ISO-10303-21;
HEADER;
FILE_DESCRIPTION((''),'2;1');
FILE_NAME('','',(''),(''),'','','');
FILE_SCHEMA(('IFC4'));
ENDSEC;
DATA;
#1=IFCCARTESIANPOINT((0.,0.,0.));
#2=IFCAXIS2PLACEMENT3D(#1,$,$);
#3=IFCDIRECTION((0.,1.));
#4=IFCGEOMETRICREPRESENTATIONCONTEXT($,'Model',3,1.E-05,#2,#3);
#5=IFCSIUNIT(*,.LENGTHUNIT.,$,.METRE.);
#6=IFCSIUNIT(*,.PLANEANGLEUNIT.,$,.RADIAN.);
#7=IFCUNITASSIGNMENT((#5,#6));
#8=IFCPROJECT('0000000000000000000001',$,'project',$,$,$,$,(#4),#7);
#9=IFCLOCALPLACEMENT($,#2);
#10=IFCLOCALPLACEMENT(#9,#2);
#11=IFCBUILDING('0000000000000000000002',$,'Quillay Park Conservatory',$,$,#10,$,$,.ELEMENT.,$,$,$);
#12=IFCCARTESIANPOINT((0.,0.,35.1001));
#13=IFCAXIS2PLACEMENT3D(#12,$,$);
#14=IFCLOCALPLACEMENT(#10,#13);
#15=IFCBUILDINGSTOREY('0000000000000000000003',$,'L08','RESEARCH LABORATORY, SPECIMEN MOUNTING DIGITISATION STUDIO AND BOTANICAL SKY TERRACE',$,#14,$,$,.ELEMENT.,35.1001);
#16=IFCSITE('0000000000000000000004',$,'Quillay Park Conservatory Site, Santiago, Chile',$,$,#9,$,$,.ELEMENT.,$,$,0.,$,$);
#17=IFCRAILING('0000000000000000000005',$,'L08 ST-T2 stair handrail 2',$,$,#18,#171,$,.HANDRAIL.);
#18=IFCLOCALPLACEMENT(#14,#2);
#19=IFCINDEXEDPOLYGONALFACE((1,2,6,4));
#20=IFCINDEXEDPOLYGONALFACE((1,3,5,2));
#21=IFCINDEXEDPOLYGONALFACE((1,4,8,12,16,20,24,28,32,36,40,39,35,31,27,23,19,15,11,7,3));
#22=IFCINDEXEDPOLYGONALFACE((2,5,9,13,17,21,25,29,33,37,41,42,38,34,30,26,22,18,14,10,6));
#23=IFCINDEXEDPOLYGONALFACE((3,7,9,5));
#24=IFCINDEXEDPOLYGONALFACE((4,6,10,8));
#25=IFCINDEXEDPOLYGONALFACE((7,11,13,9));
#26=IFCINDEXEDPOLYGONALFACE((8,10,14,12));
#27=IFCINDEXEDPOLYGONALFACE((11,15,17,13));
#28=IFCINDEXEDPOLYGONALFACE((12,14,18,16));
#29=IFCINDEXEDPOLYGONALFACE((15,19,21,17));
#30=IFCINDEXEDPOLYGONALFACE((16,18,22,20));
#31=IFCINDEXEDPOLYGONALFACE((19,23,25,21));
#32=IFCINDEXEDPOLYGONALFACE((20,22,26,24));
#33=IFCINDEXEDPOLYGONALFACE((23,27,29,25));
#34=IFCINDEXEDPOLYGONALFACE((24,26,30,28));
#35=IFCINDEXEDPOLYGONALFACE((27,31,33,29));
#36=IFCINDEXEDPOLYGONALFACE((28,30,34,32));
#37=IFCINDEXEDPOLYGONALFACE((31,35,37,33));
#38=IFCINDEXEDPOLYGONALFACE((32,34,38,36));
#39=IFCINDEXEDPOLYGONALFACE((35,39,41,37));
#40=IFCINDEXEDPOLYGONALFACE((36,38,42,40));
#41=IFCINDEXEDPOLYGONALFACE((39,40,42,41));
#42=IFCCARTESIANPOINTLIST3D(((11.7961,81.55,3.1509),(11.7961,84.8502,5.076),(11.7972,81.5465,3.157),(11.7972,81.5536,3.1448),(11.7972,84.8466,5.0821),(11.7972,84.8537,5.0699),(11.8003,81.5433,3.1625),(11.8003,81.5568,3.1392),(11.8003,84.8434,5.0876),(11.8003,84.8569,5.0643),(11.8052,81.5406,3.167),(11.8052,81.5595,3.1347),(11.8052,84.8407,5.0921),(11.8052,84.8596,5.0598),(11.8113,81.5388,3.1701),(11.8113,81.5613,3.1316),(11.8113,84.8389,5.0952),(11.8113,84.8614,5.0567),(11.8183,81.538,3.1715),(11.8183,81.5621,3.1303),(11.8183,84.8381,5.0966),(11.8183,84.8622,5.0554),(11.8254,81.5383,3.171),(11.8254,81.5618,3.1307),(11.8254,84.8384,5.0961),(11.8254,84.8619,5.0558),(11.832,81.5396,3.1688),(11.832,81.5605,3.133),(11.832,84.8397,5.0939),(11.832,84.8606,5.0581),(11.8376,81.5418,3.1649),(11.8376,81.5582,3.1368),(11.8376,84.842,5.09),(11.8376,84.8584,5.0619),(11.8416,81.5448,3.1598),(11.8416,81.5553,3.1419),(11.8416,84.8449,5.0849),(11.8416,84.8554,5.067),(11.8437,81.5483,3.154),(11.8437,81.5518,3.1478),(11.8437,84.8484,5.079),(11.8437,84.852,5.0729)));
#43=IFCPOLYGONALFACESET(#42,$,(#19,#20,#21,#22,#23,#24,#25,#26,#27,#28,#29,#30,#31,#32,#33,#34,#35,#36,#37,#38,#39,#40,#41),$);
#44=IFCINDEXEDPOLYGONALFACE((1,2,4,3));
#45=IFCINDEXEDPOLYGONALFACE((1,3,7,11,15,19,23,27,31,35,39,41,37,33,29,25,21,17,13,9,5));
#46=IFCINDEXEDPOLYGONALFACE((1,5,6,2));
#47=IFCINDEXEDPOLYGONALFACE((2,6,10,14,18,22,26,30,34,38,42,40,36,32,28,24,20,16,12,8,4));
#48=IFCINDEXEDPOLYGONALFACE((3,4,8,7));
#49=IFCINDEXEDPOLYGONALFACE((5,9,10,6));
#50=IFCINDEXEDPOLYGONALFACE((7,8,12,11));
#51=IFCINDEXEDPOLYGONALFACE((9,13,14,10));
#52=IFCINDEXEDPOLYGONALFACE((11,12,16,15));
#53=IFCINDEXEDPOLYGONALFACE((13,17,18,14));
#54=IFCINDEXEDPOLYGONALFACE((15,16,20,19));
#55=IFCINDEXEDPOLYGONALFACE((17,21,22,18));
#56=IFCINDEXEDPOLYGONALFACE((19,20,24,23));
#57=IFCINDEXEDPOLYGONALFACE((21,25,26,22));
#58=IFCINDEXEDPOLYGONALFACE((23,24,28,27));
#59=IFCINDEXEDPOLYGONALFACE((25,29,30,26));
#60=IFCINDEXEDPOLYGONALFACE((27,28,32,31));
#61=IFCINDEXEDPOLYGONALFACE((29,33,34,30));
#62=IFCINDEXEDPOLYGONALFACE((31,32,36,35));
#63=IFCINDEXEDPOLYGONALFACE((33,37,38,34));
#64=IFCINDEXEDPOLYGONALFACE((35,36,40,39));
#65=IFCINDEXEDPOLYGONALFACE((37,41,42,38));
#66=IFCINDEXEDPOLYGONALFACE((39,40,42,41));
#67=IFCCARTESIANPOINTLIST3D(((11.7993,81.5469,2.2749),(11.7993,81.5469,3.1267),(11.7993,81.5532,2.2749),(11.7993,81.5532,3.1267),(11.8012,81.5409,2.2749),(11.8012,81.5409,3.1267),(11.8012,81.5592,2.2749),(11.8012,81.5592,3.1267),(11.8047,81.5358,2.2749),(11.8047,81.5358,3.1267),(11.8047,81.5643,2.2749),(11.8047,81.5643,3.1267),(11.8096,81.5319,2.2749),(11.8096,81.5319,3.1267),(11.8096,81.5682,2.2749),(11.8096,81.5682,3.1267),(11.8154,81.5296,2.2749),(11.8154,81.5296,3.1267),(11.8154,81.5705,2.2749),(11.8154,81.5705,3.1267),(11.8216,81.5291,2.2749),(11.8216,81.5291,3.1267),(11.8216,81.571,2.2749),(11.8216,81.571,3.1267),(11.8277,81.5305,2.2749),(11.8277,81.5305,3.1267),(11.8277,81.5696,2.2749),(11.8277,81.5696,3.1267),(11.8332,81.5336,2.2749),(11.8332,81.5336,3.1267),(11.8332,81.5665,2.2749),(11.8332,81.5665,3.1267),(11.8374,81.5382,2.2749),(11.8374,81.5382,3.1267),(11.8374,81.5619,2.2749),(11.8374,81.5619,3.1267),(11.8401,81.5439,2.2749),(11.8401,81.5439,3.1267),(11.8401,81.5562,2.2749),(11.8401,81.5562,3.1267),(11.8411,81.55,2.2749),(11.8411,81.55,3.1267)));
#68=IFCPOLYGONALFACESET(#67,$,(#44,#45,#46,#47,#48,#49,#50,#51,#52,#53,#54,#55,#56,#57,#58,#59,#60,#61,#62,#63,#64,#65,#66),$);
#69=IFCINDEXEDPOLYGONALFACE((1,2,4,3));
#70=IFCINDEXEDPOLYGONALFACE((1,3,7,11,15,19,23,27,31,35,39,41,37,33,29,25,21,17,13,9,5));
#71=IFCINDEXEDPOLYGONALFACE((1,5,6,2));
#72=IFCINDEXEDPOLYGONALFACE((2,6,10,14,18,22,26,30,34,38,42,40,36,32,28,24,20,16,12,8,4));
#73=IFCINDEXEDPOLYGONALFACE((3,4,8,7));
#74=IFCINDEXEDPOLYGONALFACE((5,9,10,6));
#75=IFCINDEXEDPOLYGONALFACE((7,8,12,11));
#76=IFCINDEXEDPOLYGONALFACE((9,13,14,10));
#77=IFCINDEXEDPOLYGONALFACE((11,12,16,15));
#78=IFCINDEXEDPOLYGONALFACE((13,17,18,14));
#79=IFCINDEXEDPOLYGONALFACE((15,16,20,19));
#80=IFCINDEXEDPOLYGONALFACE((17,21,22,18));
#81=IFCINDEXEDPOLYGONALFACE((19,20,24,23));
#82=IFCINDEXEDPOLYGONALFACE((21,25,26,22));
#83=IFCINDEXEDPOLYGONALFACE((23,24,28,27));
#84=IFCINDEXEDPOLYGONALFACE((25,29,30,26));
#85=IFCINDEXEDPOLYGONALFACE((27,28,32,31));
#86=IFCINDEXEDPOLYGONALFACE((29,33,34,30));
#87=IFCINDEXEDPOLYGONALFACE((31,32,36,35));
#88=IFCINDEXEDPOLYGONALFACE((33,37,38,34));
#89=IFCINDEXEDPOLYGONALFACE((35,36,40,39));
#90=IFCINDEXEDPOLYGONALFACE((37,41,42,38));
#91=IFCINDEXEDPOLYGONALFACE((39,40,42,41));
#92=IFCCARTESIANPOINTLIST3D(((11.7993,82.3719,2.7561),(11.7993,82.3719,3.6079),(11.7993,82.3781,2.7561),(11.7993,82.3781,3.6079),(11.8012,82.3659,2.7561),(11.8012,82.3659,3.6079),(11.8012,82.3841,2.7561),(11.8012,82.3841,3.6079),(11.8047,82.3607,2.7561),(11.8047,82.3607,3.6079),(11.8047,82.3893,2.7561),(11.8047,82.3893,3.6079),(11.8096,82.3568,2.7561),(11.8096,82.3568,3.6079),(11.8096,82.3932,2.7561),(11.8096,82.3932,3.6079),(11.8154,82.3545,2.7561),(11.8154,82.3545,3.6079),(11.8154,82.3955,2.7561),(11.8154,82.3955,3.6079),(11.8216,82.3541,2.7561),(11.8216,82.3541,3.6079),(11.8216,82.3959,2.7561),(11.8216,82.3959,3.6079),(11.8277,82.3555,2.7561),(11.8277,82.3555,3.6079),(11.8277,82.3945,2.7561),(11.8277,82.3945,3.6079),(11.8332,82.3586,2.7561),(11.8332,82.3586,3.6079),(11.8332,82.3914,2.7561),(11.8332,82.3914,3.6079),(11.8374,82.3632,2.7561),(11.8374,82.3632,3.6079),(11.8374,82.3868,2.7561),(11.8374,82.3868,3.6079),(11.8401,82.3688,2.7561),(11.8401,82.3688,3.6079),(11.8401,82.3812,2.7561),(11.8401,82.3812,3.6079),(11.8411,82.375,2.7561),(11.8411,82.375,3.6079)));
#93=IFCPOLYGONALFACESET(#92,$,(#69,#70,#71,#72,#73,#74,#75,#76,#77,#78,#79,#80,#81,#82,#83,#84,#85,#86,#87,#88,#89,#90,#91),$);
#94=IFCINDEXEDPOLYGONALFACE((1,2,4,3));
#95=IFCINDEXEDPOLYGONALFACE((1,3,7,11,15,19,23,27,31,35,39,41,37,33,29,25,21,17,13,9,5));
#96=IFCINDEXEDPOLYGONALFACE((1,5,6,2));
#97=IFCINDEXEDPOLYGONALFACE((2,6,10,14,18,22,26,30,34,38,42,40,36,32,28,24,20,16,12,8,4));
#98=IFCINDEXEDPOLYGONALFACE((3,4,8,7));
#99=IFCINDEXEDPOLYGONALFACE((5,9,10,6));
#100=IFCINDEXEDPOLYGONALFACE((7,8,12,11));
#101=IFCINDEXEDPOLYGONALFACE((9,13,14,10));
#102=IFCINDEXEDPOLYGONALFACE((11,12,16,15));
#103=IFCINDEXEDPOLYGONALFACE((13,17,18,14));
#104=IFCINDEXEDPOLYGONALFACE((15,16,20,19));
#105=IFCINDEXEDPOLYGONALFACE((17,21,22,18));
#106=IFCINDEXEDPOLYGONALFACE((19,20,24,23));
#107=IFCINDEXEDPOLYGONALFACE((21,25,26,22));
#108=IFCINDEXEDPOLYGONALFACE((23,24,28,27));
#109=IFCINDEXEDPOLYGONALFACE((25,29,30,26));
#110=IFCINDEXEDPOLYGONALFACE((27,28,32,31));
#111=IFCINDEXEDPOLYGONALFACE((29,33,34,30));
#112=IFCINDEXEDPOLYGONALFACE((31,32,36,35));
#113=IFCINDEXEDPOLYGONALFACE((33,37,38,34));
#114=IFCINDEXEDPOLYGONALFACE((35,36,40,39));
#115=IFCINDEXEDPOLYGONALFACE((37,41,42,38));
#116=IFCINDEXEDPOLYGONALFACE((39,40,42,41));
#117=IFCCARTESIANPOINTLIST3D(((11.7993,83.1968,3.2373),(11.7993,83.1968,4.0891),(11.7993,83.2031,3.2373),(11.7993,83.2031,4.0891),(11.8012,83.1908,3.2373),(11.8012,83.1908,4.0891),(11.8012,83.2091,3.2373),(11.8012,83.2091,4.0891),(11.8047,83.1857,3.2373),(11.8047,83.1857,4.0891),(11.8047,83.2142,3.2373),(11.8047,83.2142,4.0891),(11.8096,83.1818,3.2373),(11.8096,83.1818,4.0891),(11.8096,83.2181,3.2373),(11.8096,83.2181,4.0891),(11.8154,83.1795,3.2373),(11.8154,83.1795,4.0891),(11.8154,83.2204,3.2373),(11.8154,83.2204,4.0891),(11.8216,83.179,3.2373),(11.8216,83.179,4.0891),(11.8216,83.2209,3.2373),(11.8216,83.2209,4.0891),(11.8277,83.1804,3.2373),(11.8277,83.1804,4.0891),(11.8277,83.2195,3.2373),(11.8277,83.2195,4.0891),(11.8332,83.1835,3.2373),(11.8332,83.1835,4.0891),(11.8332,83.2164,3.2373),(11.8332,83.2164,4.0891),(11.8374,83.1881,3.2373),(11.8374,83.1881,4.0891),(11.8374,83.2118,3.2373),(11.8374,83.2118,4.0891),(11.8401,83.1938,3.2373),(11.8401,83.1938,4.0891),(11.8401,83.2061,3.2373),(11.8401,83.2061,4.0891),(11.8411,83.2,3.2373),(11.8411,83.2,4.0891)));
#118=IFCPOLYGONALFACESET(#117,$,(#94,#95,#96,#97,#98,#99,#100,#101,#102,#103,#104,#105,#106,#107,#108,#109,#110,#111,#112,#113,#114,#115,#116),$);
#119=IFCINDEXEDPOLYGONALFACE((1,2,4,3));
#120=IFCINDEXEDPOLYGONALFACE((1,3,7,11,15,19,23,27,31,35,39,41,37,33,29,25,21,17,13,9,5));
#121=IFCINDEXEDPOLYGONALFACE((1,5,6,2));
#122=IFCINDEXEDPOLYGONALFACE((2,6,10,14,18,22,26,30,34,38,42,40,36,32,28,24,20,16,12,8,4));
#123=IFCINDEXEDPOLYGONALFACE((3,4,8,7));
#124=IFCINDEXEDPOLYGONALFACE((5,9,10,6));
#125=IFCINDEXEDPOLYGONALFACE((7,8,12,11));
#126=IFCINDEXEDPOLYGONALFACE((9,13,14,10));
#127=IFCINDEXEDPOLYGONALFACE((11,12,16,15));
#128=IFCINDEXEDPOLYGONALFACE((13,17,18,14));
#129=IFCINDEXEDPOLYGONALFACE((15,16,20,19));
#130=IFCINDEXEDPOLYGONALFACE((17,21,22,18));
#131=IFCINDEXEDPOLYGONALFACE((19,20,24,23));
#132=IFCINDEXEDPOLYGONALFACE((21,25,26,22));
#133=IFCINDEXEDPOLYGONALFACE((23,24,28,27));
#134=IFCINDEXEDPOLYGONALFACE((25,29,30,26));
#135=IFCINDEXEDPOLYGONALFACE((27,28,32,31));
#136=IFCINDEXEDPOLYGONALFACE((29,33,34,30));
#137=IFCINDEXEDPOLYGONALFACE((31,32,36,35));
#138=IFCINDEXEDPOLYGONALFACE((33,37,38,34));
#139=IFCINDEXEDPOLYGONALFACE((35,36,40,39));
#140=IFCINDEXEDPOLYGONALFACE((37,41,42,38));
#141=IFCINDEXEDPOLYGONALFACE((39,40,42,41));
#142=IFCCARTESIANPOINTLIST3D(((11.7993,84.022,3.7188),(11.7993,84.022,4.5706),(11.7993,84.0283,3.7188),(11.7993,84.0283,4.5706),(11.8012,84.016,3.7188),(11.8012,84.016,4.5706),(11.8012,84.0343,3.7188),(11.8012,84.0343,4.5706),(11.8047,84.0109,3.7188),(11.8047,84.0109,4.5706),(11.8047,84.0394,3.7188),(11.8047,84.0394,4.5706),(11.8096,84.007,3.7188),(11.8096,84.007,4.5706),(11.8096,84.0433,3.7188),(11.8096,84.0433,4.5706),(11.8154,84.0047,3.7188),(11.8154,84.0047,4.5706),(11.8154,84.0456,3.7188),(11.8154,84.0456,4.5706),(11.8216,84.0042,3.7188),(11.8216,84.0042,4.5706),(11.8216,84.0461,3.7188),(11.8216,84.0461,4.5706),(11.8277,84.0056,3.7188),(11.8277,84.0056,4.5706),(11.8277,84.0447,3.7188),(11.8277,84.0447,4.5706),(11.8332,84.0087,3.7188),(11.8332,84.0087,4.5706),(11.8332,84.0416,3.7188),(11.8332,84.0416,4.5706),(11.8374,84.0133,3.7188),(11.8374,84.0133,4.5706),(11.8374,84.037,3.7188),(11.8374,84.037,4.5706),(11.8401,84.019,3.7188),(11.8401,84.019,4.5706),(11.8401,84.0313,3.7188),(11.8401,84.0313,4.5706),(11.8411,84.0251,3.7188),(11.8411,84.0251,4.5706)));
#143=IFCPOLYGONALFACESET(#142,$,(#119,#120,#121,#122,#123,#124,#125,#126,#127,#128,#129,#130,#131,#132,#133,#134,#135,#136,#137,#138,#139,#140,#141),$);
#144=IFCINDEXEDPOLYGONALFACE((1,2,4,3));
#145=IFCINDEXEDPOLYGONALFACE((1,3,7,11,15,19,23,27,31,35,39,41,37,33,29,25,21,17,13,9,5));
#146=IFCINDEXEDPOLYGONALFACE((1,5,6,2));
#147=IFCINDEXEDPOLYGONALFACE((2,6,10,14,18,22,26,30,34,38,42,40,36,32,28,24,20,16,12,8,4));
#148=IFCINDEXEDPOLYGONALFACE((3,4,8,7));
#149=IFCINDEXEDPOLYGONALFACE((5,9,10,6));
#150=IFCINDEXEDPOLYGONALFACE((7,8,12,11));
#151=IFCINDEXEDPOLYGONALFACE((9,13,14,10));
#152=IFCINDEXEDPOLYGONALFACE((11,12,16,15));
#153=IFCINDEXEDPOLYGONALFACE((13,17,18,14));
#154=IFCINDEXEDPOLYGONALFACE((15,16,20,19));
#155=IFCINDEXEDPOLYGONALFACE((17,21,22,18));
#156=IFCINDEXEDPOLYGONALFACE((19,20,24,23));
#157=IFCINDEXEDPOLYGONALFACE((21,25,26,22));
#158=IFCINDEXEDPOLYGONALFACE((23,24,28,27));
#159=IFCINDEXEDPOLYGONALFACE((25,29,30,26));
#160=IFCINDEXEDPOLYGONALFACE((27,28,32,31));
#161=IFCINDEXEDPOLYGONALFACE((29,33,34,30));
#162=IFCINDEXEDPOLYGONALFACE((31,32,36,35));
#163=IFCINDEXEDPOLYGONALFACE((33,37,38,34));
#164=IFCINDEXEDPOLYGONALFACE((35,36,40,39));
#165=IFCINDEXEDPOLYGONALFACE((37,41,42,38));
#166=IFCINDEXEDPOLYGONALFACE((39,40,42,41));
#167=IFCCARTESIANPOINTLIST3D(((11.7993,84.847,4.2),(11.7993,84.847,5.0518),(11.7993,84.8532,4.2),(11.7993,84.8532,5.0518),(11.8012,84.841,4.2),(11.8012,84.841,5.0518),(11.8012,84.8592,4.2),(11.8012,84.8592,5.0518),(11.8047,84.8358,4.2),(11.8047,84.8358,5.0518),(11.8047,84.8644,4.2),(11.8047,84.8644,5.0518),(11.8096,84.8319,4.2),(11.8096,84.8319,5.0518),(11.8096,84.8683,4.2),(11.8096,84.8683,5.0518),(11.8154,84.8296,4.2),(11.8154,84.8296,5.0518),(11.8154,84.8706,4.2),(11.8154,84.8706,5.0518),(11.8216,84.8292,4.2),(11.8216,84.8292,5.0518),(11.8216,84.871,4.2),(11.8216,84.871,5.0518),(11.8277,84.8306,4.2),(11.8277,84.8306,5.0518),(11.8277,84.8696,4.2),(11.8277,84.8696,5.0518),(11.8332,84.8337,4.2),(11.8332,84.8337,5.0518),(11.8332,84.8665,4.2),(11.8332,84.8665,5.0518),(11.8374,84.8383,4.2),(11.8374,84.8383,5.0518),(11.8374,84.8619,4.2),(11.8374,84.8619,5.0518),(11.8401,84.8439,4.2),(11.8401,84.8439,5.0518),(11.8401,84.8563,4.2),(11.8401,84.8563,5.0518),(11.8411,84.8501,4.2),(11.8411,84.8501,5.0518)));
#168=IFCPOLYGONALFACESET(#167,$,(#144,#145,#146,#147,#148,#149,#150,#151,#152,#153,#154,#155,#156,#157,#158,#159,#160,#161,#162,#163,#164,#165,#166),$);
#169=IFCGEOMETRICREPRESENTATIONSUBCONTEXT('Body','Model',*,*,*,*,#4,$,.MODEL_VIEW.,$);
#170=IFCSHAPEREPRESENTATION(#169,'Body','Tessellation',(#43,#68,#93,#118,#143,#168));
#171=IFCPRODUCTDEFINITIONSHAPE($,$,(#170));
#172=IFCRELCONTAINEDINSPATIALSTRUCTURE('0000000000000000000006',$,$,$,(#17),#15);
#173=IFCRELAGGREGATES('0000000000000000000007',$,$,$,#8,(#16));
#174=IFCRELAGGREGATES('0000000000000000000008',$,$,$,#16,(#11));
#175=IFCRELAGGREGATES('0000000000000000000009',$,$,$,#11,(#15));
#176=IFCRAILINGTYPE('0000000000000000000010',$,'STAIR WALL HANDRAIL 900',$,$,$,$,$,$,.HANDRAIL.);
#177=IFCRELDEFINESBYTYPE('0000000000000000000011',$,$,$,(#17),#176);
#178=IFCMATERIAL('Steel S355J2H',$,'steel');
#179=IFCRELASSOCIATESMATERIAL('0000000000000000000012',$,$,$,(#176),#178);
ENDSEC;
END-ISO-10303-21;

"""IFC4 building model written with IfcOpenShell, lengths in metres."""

from ifc_helpers import new_model, si_unit, direction, frame, origin, origin_2d, place, context, subcontext, project, spatial, circle, extrude, material, type_object, element, save


model = new_model("IFC4")

# Units and contexts
model_context = context("Model", 3, precision=1e-05, world=origin(), true_north=direction((0.0, 1.0)))
body_context = subcontext(model_context, "Body", "Model", "MODEL_VIEW")
ifc_project = project(units=[si_unit("LENGTHUNIT", "METRE"), si_unit("PLANEANGLEUNIT", "RADIAN")], contexts=[model_context])

# Site, building, storey
site_placement = place(None, origin())
site = spatial("IfcSite", under=ifc_project, at=site_placement, Name="Quillay Park Conservatory Site, Santiago, Chile", CompositionType="ELEMENT", RefElevation=0.0)
building_placement = place(site_placement, origin())
building = spatial("IfcBuilding", under=site, at=building_placement, Name="Quillay Park Conservatory", CompositionType="ELEMENT")
storey_placement = place(building_placement, frame((0.0, 0.0, 35.1001)))
storey = spatial("IfcBuildingStorey", under=building, at=storey_placement, Name="L08", Description="RESEARCH LABORATORY, SPECIMEN MOUNTING DIGITISATION STUDIO AND BOTANICAL SKY TERRACE", CompositionType="ELEMENT", Elevation=35.1001)

# Railing
ifc_material_1 = material(Name="Steel S355J2H", Category="steel")
railing_type_1 = type_object("IfcRailingType", Name="STAIR WALL HANDRAIL 900", PredefinedType="HANDRAIL", material=ifc_material_1)
for number, where, name in (
    (1, (11.8201, 81.55, 2.2749), "L08 ST-T2 stair handrail 2"),
):
    element("IfcRailing", number, at=place(storey_placement, frame(where)), inside=storey, type_object=railing_type_1, Name=name, PredefinedType="HANDRAIL", context=body_context, shape_type="SweptSolid", body=[
        extrude(circle(Radius=0.0239, at=origin_2d()), frame((0.0, 0.0, 0.876), z_axis=(0.0, 0.863777, 0.503875), x_axis=(-1.0, 0.0, 0.0)), (0.0, 0.0, 1.0), 3.8206),
        extrude(circle(Radius=0.021, at=origin_2d()), origin(), (0.0, 0.0, 1.0), 0.8518),
        extrude(circle(Radius=0.021, at=origin_2d()), frame((0.0, 0.825, 0.4812)), (0.0, 0.0, 1.0), 0.8518),
        extrude(circle(Radius=0.021, at=origin_2d()), frame((0.0, 1.6499, 0.9624)), (0.0, 0.0, 1.0), 0.8518),
        extrude(circle(Radius=0.021, at=origin_2d()), frame((0.0, 2.4751, 1.4438)), (0.0, 0.0, 1.0), 0.8518),
        extrude(circle(Radius=0.021, at=origin_2d()), frame((0.0, 3.3, 1.925)), (0.0, 0.0, 1.0), 0.8518),
    ])

save(model, "model.ifc")
